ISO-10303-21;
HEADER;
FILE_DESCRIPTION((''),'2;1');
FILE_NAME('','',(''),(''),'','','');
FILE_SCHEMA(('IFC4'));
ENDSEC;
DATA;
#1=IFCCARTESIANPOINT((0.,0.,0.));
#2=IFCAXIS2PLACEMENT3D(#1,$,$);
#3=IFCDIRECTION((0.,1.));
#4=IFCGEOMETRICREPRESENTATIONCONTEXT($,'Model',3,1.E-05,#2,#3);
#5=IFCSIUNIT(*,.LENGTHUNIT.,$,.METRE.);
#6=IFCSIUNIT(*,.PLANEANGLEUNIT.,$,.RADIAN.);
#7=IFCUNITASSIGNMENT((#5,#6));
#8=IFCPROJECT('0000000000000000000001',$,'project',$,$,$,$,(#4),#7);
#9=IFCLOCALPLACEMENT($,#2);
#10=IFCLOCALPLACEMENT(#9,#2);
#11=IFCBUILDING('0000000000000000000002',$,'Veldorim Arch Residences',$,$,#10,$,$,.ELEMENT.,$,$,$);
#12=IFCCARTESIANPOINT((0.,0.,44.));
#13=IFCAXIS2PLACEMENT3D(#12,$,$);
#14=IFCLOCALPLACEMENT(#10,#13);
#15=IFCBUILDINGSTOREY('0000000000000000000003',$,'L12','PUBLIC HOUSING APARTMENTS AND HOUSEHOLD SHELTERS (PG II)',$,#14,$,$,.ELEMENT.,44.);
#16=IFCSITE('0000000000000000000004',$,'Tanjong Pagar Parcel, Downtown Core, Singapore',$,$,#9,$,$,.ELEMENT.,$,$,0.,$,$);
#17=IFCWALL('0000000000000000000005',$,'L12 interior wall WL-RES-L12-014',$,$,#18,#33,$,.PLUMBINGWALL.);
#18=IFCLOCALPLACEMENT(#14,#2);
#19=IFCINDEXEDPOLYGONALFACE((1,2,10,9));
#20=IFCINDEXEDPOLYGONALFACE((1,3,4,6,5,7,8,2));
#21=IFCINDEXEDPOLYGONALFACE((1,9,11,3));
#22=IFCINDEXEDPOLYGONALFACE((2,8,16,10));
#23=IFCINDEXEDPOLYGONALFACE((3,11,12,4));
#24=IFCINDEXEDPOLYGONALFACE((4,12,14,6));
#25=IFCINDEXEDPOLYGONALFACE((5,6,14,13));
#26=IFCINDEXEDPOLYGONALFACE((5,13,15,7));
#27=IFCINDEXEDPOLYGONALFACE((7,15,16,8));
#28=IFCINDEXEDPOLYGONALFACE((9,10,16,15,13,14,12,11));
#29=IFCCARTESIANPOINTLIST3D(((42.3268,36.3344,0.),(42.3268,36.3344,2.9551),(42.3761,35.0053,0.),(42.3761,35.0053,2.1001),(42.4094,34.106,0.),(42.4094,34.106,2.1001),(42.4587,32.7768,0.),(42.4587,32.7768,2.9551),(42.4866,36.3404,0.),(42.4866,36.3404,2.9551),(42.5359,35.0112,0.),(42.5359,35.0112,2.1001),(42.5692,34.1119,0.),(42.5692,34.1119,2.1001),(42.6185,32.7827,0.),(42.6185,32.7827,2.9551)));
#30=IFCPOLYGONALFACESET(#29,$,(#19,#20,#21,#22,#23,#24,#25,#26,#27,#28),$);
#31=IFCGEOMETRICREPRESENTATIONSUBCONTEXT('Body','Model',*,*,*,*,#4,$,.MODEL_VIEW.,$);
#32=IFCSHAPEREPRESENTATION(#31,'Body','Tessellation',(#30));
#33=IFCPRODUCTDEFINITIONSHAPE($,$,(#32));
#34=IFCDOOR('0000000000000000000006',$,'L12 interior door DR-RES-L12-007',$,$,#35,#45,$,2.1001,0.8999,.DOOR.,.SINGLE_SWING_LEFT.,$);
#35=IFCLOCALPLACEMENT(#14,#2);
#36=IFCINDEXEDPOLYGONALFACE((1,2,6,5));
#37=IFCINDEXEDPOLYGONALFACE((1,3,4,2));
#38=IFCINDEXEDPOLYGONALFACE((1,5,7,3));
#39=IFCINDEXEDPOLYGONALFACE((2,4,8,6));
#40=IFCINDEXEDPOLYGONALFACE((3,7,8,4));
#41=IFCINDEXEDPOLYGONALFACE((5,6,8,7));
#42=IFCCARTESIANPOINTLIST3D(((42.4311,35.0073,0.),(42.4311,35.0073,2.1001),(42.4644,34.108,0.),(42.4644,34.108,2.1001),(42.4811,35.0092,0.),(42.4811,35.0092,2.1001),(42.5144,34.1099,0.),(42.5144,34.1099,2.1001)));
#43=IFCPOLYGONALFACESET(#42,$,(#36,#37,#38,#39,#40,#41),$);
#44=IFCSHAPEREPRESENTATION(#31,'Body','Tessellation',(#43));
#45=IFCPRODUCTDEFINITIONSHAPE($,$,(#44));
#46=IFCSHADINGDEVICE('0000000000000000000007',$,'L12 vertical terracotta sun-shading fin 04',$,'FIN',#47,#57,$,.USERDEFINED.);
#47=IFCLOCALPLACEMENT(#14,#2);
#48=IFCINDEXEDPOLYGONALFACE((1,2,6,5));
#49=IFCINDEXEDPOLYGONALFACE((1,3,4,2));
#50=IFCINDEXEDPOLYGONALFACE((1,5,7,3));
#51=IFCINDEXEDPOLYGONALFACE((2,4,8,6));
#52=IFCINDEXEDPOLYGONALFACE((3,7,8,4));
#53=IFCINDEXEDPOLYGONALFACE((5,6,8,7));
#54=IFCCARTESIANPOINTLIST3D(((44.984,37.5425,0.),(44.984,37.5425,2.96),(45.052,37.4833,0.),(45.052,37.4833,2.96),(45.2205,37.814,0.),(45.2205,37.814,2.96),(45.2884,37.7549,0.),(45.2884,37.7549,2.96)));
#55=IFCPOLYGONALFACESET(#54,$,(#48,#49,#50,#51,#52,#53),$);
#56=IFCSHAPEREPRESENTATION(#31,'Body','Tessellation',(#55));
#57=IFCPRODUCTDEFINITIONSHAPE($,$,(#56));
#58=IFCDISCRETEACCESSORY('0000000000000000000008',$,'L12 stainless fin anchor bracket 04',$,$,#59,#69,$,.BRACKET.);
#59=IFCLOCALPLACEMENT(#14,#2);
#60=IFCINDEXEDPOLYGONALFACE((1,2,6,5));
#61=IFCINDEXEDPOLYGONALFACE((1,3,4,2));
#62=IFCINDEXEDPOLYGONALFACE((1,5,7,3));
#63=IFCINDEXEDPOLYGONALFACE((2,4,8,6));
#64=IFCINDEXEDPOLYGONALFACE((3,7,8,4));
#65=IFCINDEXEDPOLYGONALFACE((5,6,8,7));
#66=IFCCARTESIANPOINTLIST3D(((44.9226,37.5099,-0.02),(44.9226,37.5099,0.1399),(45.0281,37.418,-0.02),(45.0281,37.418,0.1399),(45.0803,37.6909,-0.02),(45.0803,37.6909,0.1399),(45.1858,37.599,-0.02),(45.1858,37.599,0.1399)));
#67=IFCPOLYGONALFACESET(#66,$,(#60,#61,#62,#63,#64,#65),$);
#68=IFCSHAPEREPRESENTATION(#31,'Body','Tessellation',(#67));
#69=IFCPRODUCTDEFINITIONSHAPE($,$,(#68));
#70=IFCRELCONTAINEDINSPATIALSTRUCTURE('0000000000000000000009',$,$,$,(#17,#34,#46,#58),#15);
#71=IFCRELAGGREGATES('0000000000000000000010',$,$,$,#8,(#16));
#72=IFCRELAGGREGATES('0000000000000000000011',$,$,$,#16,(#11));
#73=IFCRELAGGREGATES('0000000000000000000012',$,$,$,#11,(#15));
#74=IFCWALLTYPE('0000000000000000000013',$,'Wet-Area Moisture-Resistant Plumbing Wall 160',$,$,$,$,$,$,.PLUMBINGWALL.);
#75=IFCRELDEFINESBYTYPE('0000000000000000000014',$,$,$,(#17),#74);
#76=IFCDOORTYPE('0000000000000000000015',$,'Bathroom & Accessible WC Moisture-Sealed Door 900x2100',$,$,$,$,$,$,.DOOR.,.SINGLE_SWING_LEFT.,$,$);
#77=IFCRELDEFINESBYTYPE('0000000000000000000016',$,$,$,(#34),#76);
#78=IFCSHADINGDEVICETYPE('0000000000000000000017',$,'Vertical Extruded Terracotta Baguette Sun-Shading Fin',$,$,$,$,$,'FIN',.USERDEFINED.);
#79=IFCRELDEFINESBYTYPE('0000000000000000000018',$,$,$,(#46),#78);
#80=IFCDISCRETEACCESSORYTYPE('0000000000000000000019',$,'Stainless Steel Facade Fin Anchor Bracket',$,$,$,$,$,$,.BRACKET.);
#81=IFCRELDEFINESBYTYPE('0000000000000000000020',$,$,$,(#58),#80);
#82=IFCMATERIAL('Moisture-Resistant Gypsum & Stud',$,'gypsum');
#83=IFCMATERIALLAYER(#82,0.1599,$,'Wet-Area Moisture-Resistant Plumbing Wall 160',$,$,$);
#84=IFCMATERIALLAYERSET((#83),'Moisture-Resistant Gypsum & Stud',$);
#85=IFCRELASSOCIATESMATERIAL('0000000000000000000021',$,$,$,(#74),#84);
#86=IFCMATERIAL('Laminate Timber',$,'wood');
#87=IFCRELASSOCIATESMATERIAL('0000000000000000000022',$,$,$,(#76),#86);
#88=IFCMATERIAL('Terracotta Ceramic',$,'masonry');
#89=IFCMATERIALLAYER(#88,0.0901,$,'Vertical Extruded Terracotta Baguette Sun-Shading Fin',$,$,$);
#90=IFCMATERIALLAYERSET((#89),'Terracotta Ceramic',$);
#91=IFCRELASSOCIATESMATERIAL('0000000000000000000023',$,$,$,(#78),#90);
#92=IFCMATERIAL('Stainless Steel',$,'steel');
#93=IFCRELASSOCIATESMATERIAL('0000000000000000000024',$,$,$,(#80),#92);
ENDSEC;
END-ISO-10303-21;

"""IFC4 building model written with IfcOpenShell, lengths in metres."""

from ifc_helpers import new_model, si_unit, direction, frame, frame_2d, origin, origin_2d, place, context, subcontext, project, spatial, rectangle, extrude, material, layer, layer_set, type_object, element, fill, save


model = new_model("IFC4")

# Units and contexts
model_context = context("Model", 3, precision=1e-05, world=origin(), true_north=direction((0.0, 1.0)))
body_context = subcontext(model_context, "Body", "Model", "MODEL_VIEW")
ifc_project = project(units=[si_unit("LENGTHUNIT", "METRE"), si_unit("PLANEANGLEUNIT", "RADIAN")], contexts=[model_context])

# Site, building, storey
site_placement = place(None, origin())
site = spatial("IfcSite", under=ifc_project, at=site_placement, Name="Tanjong Pagar Parcel, Downtown Core, Singapore", CompositionType="ELEMENT", RefElevation=0.0)
building_placement = place(site_placement, origin())
building = spatial("IfcBuilding", under=site, at=building_placement, Name="Veldorim Arch Residences", CompositionType="ELEMENT")
storey_placement = place(building_placement, frame((0.0, 0.0, 44.0)))
storey = spatial("IfcBuildingStorey", under=building, at=storey_placement, Name="L12", Description="PUBLIC HOUSING APARTMENTS AND HOUSEHOLD SHELTERS (PG II)", CompositionType="ELEMENT", Elevation=44.0)

# Wall, opening, door
ifc_material_1 = material(Name="Moisture-Resistant Gypsum & Stud", Category="gypsum")
ifc_layer_1 = layer(ifc_material_1, 0.1599, Name="Wet-Area Moisture-Resistant Plumbing Wall 160")
ifc_layer_set_1 = layer_set([ifc_layer_1], Name="Moisture-Resistant Gypsum & Stud")
wall_type_1 = type_object("IfcWallType", Name="Wet-Area Moisture-Resistant Plumbing Wall 160", PredefinedType="PLUMBINGWALL", material=ifc_layer_set_1)
wall_1_placement = place(storey_placement, frame((42.5386, 32.7798, 0.0), z_axis=(0.0, 0.0, 1.0), x_axis=(-0.037032, 0.999314, 0.0)))
wall_1 = element("IfcWall", 1, at=wall_1_placement, inside=storey, type_object=wall_type_1, Name="L12 interior wall WL-RES-L12-014", PredefinedType="PLUMBINGWALL", context=body_context, shape_type="SweptSolid", body=[
    extrude(rectangle(XDim=3.5601, YDim=0.1599, at=frame_2d((1.78, 0.0))), origin(), (0.0, 0.0, 1.0), 2.9551),
])
opening_1_placement = place(wall_1_placement, frame((1.3301, 0.0, 0.0)))
opening_1 = element("IfcOpeningElement", 2, at=opening_1_placement, cuts=wall_1, PredefinedType="OPENING", context=body_context, shape_type="SweptSolid", body=[
    extrude(rectangle(XDim=0.8999, YDim=2.1001, at=frame_2d((0.45, 1.05))), frame((0.0, 0.0898, 0.0), z_axis=(0.0, -1.0, 0.0), x_axis=(1.0, 0.0, 0.0)), (0.0, 0.0, 1.0), 0.1799),
])
ifc_material_2 = material(Name="Laminate Timber", Category="wood")
door_type = type_object("IfcDoorType", Name="Bathroom & Accessible WC Moisture-Sealed Door 900x2100", OperationType="SINGLE_SWING_LEFT", PredefinedType="DOOR", material=ifc_material_2)
door_placement = place(opening_1_placement, origin())
door = element("IfcDoor", 3, at=door_placement, inside=storey, type_object=door_type, Name="L12 interior door DR-RES-L12-007", OperationType="SINGLE_SWING_LEFT", OverallHeight=2.1001, OverallWidth=0.8999, PredefinedType="DOOR", context=body_context, shape_type="SweptSolid", body=[
    extrude(rectangle(XDim=0.8999, YDim=2.1001, at=frame_2d((0.45, 1.05))), frame((0.0, 0.0249, 0.0), z_axis=(0.0, -1.0, 0.0), x_axis=(1.0, 0.0, 0.0)), (0.0, 0.0, 1.0), 0.05),
])
fill(opening_1, door)

# Shading device
ifc_material_3 = material(Name="Terracotta Ceramic", Category="masonry")
ifc_layer_2 = layer(ifc_material_3, 0.0901, Name="Vertical Extruded Terracotta Baguette Sun-Shading Fin")
ifc_layer_set_2 = layer_set([ifc_layer_2], Name="Terracotta Ceramic")
shading_device_type = type_object("IfcShadingDeviceType", Name="Vertical Extruded Terracotta Baguette Sun-Shading Fin", ElementType="FIN", PredefinedType="USERDEFINED", material=ifc_layer_set_2)
shading_device_placement = place(storey_placement, frame((45.1362, 37.6487, 0.0), z_axis=(0.0, 0.0, 1.0), x_axis=(0.754137, -0.656717, 0.0)))
element("IfcShadingDevice", 4, at=shading_device_placement, inside=storey, type_object=shading_device_type, Name="L12 vertical terracotta sun-shading fin 04", ObjectType="FIN", PredefinedType="USERDEFINED", context=body_context, shape_type="SweptSolid", body=[
    extrude(rectangle(XDim=0.0901, YDim=0.3601, at=origin_2d()), origin(), (0.0, 0.0, 1.0), 2.96),
])

# Discrete accessory
ifc_material_4 = material(Name="Stainless Steel", Category="steel")
discrete_accessory_type = type_object("IfcDiscreteAccessoryType", Name="Stainless Steel Facade Fin Anchor Bracket", PredefinedType="BRACKET", material=ifc_material_4)
discrete_accessory_placement = place(storey_placement, frame((45.0542, 37.5544, -0.02), z_axis=(0.0, 0.0, 1.0), x_axis=(0.754137, -0.656717, 0.0)))
element("IfcDiscreteAccessory", 5, at=discrete_accessory_placement, inside=storey, type_object=discrete_accessory_type, Name="L12 stainless fin anchor bracket 04", PredefinedType="BRACKET", context=body_context, shape_type="SweptSolid", body=[
    extrude(rectangle(XDim=0.1399, YDim=0.24, at=origin_2d()), origin(), (0.0, 0.0, 1.0), 0.1599),
])

save(model, "model.ifc")
